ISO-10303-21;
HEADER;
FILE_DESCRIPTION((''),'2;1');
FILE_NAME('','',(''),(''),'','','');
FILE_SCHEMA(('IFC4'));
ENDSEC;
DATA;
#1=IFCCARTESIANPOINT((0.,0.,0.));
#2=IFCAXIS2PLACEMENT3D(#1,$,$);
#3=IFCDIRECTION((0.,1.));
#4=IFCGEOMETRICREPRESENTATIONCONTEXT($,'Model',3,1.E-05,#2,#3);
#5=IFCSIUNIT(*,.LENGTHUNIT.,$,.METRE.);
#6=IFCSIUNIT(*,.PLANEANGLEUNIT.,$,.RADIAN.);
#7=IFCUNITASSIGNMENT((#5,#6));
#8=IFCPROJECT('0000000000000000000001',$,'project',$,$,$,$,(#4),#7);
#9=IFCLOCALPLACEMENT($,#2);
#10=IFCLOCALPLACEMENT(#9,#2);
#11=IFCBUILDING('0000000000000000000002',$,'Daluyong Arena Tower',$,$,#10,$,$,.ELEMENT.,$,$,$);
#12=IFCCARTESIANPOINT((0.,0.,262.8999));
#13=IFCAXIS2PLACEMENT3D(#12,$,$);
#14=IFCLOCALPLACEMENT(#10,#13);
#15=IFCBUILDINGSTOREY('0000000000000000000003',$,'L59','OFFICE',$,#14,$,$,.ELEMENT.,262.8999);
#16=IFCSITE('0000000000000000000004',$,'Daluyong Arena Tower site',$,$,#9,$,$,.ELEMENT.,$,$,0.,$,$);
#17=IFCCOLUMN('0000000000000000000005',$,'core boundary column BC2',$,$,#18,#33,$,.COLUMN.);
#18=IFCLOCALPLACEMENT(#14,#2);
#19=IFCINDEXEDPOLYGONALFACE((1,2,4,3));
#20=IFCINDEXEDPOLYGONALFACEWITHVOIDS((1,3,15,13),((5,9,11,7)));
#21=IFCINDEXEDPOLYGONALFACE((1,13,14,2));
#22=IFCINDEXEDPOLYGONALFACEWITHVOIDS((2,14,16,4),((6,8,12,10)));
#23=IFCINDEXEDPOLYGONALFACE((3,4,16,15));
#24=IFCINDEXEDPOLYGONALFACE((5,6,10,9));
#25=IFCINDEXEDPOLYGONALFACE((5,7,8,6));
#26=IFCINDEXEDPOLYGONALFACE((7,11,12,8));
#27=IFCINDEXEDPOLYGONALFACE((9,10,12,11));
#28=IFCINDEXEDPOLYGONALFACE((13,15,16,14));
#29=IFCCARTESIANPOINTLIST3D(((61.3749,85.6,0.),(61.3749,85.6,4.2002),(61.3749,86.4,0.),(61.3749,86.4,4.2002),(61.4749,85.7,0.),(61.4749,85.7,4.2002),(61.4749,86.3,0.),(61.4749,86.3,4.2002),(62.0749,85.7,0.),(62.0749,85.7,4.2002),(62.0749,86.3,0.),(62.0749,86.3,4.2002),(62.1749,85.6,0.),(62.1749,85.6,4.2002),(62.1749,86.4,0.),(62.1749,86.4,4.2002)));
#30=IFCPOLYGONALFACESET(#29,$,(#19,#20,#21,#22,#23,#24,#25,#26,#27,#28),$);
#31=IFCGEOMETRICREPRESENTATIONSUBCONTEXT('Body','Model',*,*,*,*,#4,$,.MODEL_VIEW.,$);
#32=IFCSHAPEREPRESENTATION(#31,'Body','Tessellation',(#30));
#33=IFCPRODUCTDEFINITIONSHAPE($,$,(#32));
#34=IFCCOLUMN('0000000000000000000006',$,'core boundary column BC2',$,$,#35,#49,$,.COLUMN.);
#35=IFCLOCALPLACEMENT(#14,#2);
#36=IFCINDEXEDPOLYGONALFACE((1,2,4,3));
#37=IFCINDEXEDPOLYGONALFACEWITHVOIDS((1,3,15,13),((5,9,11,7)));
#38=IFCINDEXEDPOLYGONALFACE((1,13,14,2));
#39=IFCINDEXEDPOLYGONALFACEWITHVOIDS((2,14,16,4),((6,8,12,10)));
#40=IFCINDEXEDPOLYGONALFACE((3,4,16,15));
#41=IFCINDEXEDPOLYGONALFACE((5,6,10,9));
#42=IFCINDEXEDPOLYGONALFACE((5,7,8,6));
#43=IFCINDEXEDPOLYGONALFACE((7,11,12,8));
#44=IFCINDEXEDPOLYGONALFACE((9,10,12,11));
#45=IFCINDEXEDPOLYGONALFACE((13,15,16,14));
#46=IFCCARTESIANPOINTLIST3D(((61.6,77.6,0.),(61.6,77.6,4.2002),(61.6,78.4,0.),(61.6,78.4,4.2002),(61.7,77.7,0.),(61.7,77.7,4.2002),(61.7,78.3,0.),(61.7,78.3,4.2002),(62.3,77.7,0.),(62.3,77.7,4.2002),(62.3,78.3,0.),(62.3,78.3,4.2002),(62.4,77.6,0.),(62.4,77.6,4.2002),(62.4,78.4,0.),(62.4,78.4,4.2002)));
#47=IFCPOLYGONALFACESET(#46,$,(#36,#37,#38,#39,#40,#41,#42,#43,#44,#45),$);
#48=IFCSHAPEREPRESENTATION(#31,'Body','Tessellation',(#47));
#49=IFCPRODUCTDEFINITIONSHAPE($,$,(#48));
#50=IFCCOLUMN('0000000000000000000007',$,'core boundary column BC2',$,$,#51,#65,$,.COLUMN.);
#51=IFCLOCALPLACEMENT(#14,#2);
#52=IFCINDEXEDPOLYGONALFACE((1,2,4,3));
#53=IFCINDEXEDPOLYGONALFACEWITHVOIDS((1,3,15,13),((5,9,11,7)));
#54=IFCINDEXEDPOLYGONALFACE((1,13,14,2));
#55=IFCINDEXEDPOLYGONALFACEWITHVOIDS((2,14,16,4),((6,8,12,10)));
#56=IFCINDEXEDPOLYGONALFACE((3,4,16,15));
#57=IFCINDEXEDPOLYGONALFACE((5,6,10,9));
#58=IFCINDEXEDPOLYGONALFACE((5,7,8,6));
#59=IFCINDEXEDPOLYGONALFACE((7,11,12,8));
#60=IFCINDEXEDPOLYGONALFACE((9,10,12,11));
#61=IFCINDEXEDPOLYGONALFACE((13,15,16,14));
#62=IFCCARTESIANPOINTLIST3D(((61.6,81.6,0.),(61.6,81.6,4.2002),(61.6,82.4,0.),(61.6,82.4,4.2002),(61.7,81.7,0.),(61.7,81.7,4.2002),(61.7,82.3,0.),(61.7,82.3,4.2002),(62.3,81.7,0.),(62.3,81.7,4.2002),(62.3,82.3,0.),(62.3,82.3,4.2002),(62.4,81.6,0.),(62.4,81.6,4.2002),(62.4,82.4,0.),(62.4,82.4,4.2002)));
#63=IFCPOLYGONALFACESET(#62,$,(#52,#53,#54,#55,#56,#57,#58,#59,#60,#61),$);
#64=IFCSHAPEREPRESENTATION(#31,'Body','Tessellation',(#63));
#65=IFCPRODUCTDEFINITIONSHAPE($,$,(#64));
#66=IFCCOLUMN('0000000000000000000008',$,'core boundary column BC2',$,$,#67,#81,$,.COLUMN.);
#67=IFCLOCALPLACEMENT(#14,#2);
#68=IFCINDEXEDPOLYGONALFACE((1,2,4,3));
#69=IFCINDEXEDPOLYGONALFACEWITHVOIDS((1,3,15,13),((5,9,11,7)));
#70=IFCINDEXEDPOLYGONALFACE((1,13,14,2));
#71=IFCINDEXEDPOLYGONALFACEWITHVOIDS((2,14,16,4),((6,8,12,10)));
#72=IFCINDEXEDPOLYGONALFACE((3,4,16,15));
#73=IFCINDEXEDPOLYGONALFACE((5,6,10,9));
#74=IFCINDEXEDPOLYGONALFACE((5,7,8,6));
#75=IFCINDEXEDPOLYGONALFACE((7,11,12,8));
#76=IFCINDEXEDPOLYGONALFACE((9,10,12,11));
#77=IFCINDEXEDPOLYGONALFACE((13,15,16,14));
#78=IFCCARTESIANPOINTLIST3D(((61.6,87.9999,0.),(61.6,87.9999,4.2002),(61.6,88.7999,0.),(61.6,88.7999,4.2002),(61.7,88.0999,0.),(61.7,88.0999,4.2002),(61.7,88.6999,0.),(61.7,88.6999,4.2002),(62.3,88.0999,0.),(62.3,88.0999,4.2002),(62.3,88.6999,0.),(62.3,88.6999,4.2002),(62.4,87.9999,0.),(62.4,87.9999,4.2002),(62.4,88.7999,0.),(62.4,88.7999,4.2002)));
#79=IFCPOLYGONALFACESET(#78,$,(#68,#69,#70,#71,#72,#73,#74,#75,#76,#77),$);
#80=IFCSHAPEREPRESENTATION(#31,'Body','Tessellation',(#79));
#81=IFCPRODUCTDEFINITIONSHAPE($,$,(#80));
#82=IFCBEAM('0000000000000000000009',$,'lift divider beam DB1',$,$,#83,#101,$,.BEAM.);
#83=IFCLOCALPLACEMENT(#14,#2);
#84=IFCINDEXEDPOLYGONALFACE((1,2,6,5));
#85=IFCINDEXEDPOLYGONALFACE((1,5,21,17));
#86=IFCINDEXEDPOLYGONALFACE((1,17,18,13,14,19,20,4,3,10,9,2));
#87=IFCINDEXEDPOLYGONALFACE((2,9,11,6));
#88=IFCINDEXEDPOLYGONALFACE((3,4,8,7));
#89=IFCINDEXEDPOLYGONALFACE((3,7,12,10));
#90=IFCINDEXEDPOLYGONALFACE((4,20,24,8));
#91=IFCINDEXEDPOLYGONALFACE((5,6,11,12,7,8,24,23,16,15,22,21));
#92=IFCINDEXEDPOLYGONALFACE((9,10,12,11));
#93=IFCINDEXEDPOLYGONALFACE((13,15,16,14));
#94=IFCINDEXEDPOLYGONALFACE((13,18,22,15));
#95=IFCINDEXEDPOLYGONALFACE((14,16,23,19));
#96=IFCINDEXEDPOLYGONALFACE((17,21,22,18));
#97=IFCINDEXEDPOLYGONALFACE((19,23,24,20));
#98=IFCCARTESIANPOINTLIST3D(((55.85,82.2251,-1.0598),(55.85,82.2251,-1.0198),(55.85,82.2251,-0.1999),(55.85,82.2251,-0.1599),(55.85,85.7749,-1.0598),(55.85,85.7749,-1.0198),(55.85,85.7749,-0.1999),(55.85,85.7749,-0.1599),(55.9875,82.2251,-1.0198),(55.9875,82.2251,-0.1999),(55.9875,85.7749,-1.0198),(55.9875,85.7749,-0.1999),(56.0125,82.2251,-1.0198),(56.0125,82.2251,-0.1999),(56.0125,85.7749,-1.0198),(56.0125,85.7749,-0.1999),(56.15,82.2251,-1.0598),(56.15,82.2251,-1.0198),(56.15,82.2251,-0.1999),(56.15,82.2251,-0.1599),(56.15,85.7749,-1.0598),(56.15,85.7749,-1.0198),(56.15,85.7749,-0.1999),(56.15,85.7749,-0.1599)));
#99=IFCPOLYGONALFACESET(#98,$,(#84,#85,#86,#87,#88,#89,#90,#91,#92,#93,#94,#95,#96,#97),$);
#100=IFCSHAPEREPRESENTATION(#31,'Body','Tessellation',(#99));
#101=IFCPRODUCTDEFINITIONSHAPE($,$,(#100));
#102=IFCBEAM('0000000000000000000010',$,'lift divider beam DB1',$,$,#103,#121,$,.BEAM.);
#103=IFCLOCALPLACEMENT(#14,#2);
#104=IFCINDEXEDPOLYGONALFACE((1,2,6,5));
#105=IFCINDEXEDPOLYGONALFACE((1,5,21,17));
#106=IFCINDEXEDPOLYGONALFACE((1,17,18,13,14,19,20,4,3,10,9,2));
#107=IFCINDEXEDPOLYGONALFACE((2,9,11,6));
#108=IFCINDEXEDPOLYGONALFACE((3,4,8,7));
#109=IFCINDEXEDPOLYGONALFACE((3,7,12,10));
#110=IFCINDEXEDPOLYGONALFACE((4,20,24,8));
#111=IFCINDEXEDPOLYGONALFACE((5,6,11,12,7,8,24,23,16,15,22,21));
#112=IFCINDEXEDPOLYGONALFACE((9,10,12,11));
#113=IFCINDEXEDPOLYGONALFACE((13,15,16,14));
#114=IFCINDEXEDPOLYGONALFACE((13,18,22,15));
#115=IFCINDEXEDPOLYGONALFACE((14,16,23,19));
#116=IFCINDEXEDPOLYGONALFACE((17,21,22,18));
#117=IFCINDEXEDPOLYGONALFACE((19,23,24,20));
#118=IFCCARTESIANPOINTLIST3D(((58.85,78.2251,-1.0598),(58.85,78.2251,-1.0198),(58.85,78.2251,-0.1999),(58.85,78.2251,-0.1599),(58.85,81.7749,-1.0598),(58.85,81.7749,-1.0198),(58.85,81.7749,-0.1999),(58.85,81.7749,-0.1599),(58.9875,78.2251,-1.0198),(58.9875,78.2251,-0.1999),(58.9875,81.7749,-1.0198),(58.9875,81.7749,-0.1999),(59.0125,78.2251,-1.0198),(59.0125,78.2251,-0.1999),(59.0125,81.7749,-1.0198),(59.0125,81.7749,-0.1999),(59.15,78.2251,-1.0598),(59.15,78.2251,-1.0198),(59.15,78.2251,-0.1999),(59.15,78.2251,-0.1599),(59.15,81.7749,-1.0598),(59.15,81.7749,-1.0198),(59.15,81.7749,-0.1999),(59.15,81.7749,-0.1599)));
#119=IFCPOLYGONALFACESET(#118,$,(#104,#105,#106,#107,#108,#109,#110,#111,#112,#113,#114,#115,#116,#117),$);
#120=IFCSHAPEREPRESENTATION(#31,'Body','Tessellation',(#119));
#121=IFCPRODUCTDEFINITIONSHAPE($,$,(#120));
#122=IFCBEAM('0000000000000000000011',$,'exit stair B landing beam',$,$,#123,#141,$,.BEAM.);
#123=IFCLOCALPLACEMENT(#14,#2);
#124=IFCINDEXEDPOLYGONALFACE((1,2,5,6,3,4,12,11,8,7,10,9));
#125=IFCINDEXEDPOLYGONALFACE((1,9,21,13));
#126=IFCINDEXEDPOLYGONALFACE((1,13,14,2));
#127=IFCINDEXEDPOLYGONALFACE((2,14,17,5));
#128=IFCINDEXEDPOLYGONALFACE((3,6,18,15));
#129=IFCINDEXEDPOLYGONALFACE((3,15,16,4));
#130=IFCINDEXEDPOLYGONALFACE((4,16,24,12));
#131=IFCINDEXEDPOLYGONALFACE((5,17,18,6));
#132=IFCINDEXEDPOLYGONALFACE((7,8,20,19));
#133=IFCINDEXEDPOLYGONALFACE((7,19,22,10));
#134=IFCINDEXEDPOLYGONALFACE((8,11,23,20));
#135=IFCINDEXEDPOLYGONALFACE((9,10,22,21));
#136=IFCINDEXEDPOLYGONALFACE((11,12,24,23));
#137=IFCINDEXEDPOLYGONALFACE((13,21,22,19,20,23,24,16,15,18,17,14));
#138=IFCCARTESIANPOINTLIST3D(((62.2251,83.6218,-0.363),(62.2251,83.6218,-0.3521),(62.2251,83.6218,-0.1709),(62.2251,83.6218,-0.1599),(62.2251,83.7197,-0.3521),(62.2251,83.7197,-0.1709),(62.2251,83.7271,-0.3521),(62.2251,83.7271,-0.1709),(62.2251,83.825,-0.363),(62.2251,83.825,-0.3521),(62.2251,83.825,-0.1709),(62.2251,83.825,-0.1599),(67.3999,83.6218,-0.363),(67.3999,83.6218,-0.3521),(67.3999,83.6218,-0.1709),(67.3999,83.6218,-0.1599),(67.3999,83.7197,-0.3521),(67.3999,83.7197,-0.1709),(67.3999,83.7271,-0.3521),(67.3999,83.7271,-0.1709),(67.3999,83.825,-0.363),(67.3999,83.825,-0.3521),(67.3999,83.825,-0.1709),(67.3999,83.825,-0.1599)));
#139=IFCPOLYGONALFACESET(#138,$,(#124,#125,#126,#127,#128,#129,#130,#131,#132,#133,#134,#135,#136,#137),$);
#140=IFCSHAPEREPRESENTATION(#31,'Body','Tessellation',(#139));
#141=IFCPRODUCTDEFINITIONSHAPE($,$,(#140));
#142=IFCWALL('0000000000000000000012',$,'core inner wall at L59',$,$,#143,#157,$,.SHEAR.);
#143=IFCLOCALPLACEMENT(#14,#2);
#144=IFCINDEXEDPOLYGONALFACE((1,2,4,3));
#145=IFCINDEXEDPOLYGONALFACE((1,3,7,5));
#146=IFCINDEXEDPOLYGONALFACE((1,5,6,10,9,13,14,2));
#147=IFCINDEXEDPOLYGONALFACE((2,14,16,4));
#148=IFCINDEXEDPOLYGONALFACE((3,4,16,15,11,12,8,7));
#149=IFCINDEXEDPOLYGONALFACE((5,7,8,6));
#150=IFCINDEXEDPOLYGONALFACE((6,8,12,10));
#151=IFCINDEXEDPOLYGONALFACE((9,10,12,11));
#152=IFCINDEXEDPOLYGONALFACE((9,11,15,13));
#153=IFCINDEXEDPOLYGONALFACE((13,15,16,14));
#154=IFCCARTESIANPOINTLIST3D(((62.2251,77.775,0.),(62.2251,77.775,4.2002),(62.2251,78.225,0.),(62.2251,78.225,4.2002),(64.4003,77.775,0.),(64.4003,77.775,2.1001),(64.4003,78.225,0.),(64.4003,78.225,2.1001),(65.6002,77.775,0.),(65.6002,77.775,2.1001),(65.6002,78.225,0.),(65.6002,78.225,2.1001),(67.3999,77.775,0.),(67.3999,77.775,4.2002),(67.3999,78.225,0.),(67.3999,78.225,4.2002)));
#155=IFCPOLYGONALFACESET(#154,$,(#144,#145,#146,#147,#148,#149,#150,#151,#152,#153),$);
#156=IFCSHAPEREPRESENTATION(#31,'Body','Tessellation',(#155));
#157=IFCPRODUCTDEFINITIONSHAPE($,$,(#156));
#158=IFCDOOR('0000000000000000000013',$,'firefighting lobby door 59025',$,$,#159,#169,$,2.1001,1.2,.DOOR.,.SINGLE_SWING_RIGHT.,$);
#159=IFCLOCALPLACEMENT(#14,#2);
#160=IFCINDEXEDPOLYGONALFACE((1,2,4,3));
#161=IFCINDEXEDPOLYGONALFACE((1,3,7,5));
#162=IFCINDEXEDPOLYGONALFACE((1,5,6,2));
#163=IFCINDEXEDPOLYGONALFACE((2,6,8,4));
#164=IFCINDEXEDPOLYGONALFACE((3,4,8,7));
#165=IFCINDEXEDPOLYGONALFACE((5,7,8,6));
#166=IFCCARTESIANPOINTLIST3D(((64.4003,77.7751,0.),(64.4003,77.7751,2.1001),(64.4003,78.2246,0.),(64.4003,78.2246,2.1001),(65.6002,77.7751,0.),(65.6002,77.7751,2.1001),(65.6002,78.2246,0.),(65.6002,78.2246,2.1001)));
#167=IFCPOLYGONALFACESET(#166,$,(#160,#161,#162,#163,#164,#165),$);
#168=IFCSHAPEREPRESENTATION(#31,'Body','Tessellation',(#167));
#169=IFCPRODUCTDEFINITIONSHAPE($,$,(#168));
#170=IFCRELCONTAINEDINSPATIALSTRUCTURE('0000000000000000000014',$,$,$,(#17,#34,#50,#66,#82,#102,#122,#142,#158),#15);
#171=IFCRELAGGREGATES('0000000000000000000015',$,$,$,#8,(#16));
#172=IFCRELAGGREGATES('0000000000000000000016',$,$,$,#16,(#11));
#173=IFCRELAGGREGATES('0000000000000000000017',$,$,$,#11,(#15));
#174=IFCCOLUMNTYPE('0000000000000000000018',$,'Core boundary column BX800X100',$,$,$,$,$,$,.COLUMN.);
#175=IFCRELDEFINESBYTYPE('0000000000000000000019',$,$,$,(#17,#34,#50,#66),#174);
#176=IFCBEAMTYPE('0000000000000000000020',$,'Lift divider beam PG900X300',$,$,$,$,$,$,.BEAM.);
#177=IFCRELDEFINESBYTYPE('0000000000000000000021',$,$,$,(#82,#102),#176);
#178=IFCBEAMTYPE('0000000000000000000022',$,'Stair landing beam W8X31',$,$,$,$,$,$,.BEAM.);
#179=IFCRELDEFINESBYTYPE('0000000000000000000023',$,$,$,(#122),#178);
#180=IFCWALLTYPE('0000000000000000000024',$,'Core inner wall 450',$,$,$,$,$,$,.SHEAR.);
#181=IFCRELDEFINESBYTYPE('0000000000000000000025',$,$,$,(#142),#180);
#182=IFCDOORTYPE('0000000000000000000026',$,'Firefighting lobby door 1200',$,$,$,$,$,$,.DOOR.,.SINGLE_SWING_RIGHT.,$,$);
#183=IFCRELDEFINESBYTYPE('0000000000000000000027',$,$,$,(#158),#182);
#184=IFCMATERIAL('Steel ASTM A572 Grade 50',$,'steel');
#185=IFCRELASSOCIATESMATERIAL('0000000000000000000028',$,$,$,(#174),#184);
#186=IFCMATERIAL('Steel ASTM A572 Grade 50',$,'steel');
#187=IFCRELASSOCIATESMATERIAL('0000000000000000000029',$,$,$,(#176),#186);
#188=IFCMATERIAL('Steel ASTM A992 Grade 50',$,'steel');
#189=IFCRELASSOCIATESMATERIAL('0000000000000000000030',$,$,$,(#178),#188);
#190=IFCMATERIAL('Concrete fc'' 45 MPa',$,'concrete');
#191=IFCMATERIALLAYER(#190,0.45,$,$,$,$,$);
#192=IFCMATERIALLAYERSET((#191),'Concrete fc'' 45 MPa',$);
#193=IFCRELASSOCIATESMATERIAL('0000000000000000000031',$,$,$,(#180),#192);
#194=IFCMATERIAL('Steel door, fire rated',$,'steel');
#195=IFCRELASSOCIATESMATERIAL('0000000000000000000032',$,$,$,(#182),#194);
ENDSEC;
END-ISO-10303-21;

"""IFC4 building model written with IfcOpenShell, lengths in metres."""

from ifc_helpers import new_model, si_unit, direction, frame, frame_2d, origin, origin_2d, place, context, subcontext, project, spatial, rectangle, hollow_rectangle, i_section, extrude, material, layer, layer_set, material_profile, profile_set, type_object, element, fill, save


model = new_model("IFC4")

# Units and contexts
model_context = context("Model", 3, precision=1e-05, world=origin(), true_north=direction((0.0, 1.0)))
body_context = subcontext(model_context, "Body", "Model", "MODEL_VIEW")
ifc_project = project(units=[si_unit("LENGTHUNIT", "METRE"), si_unit("PLANEANGLEUNIT", "RADIAN")], contexts=[model_context])

# Site, building, storey
site_placement = place(None, origin())
site = spatial("IfcSite", under=ifc_project, at=site_placement, Name="Daluyong Arena Tower site", CompositionType="ELEMENT", RefElevation=0.0)
building_placement = place(site_placement, origin())
building = spatial("IfcBuilding", under=site, at=building_placement, Name="Daluyong Arena Tower", CompositionType="ELEMENT")
storey_placement = place(building_placement, frame((0.0, 0.0, 262.8999)))
storey = spatial("IfcBuildingStorey", under=building, at=storey_placement, Name="L59", Description="OFFICE", CompositionType="ELEMENT", Elevation=262.8999)

# Columns
ifc_material_1 = material(Name="Steel ASTM A572 Grade 50", Category="steel")
ifc_material_profile_1 = material_profile(ifc_material_1, hollow_rectangle(XDim=0.8, YDim=0.8, WallThickness=0.1, at=origin_2d()))
ifc_profile_set_1 = profile_set([ifc_material_profile_1], Name="Steel ASTM A572 Grade 50")
column_type = type_object("IfcColumnType", Name="Core boundary column BX800X100", PredefinedType="COLUMN", material=ifc_profile_set_1)
for number, where, z_axis, x_axis, name in (
    (1, (61.7749, 86.0, 0.0), (0.0, 0.0, 1.0), (1.0, 0.0, 0.0), "core boundary column BC2"),
    (2, (62.0, 78.0, 0.0), (0.0, 0.0, 1.0), (1.0, 0.0, 0.0), "core boundary column BC2"),
    (3, (62.0, 82.0, 0.0), (0.0, 0.0, 1.0), (1.0, 0.0, 0.0), "core boundary column BC2"),
    (4, (62.0, 88.3999, 0.0), (0.0, 0.0, 1.0), (1.0, 0.0, 0.0), "core boundary column BC2"),
):
    element("IfcColumn", number, at=place(storey_placement, frame(where, z_axis=z_axis, x_axis=x_axis)), inside=storey, type_object=column_type, Name=name, PredefinedType="COLUMN", context=body_context, shape_type="SweptSolid", body=[
        extrude(hollow_rectangle(XDim=0.8, YDim=0.8, WallThickness=0.1, at=origin_2d()), origin(), (0.0, 0.0, 1.0), 4.2002),
    ])

# Beams
ifc_material_2 = material(Name="Steel ASTM A572 Grade 50", Category="steel")
ifc_material_profile_2 = material_profile(ifc_material_2, i_section(OverallWidth=0.3, OverallDepth=0.8999, WebThickness=0.025, FlangeThickness=0.04, at=origin_2d()))
ifc_profile_set_2 = profile_set([ifc_material_profile_2], Name="Steel ASTM A572 Grade 50")
beam_type_1 = type_object("IfcBeamType", Name="Lift divider beam PG900X300", PredefinedType="BEAM", material=ifc_profile_set_2)
for number, where, z_axis, x_axis, name in (
    (5, (56.0, 82.2251, -0.6099), (0.0, 1.0, 0.0), (-1.0, 0.0, 0.0), "lift divider beam DB1"),
    (6, (59.0, 78.2251, -0.6099), (0.0, 1.0, 0.0), (-1.0, 0.0, 0.0), "lift divider beam DB1"),
):
    element("IfcBeam", number, at=place(storey_placement, frame(where, z_axis=z_axis, x_axis=x_axis)), inside=storey, type_object=beam_type_1, Name=name, PredefinedType="BEAM", context=body_context, shape_type="SweptSolid", body=[
        extrude(i_section(OverallWidth=0.3, OverallDepth=0.8999, WebThickness=0.025, FlangeThickness=0.04, at=origin_2d()), origin(), (0.0, 0.0, 1.0), 3.5498),
    ])
ifc_material_3 = material(Name="Steel ASTM A992 Grade 50", Category="steel")
ifc_material_profile_3 = material_profile(ifc_material_3, i_section(OverallWidth=0.2031, OverallDepth=0.2031, WebThickness=0.0073, FlangeThickness=0.011, at=origin_2d()))
ifc_profile_set_3 = profile_set([ifc_material_profile_3], Name="Steel ASTM A992 Grade 50")
beam_type_2 = type_object("IfcBeamType", Name="Stair landing beam W8X31", PredefinedType="BEAM", material=ifc_profile_set_3)
beam_placement = place(storey_placement, frame((62.2251, 83.7234, -0.2615), z_axis=(1.0, 0.0, 0.0), x_axis=(0.0, 1.0, 0.0)))
element("IfcBeam", 7, at=beam_placement, inside=storey, type_object=beam_type_2, Name="exit stair B landing beam", PredefinedType="BEAM", context=body_context, shape_type="SweptSolid", body=[
    extrude(i_section(OverallWidth=0.2031, OverallDepth=0.2031, WebThickness=0.0073, FlangeThickness=0.011, at=origin_2d()), origin(), (0.0, 0.0, 1.0), 5.1748),
])

# Wall, opening, door
ifc_material_4 = material(Name="Concrete fc' 45 MPa", Category="concrete")
ifc_layer_1 = layer(ifc_material_4, 0.45)
ifc_layer_set_1 = layer_set([ifc_layer_1], Name="Concrete fc' 45 MPa")
wall_type_1 = type_object("IfcWallType", Name="Core inner wall 450", PredefinedType="SHEAR", material=ifc_layer_set_1)
wall_1_placement = place(storey_placement, frame((62.2251, 78.0, 0.0), z_axis=(0.0, 0.0, 1.0), x_axis=(1.0, 0.0, 0.0)))
wall_1 = element("IfcWall", 8, at=wall_1_placement, inside=storey, type_object=wall_type_1, Name="core inner wall at L59", PredefinedType="SHEAR", context=body_context, shape_type="SweptSolid", body=[
    extrude(rectangle(XDim=5.1748, YDim=0.45, at=frame_2d((2.5874, 0.0))), origin(), (0.0, 0.0, 1.0), 4.2002),
])
opening_1_placement = place(wall_1_placement, frame((2.175, 0.0, 0.0)))
opening_1 = element("IfcOpeningElement", 9, at=opening_1_placement, cuts=wall_1, PredefinedType="OPENING", context=body_context, shape_type="SweptSolid", body=[
    extrude(rectangle(XDim=1.2, YDim=2.1001, at=frame_2d((0.6001, 1.05))), frame((0.0, 0.2349, 0.0), z_axis=(0.0, -1.0, 0.0), x_axis=(1.0, 0.0, 0.0)), (0.0, 0.0, 1.0), 0.47),
])
ifc_material_5 = material(Name="Steel door, fire rated", Category="steel")
door_type_1 = type_object("IfcDoorType", Name="Firefighting lobby door 1200", OperationType="SINGLE_SWING_RIGHT", PredefinedType="DOOR", material=ifc_material_5)
door_1_placement = place(opening_1_placement, origin())
door_1 = element("IfcDoor", 10, at=door_1_placement, inside=storey, type_object=door_type_1, Name="firefighting lobby door 59025", OperationType="SINGLE_SWING_RIGHT", OverallHeight=2.1001, OverallWidth=1.2, PredefinedType="DOOR", context=body_context, shape_type="SweptSolid", body=[
    extrude(rectangle(XDim=1.2, YDim=2.1001, at=frame_2d((0.6001, 1.05))), frame((0.0, 0.2246, 0.0), z_axis=(0.0, -1.0, 0.0), x_axis=(1.0, 0.0, 0.0)), (0.0, 0.0, 1.0), 0.4495),
])
fill(opening_1, door_1)

save(model, "model.ifc")
